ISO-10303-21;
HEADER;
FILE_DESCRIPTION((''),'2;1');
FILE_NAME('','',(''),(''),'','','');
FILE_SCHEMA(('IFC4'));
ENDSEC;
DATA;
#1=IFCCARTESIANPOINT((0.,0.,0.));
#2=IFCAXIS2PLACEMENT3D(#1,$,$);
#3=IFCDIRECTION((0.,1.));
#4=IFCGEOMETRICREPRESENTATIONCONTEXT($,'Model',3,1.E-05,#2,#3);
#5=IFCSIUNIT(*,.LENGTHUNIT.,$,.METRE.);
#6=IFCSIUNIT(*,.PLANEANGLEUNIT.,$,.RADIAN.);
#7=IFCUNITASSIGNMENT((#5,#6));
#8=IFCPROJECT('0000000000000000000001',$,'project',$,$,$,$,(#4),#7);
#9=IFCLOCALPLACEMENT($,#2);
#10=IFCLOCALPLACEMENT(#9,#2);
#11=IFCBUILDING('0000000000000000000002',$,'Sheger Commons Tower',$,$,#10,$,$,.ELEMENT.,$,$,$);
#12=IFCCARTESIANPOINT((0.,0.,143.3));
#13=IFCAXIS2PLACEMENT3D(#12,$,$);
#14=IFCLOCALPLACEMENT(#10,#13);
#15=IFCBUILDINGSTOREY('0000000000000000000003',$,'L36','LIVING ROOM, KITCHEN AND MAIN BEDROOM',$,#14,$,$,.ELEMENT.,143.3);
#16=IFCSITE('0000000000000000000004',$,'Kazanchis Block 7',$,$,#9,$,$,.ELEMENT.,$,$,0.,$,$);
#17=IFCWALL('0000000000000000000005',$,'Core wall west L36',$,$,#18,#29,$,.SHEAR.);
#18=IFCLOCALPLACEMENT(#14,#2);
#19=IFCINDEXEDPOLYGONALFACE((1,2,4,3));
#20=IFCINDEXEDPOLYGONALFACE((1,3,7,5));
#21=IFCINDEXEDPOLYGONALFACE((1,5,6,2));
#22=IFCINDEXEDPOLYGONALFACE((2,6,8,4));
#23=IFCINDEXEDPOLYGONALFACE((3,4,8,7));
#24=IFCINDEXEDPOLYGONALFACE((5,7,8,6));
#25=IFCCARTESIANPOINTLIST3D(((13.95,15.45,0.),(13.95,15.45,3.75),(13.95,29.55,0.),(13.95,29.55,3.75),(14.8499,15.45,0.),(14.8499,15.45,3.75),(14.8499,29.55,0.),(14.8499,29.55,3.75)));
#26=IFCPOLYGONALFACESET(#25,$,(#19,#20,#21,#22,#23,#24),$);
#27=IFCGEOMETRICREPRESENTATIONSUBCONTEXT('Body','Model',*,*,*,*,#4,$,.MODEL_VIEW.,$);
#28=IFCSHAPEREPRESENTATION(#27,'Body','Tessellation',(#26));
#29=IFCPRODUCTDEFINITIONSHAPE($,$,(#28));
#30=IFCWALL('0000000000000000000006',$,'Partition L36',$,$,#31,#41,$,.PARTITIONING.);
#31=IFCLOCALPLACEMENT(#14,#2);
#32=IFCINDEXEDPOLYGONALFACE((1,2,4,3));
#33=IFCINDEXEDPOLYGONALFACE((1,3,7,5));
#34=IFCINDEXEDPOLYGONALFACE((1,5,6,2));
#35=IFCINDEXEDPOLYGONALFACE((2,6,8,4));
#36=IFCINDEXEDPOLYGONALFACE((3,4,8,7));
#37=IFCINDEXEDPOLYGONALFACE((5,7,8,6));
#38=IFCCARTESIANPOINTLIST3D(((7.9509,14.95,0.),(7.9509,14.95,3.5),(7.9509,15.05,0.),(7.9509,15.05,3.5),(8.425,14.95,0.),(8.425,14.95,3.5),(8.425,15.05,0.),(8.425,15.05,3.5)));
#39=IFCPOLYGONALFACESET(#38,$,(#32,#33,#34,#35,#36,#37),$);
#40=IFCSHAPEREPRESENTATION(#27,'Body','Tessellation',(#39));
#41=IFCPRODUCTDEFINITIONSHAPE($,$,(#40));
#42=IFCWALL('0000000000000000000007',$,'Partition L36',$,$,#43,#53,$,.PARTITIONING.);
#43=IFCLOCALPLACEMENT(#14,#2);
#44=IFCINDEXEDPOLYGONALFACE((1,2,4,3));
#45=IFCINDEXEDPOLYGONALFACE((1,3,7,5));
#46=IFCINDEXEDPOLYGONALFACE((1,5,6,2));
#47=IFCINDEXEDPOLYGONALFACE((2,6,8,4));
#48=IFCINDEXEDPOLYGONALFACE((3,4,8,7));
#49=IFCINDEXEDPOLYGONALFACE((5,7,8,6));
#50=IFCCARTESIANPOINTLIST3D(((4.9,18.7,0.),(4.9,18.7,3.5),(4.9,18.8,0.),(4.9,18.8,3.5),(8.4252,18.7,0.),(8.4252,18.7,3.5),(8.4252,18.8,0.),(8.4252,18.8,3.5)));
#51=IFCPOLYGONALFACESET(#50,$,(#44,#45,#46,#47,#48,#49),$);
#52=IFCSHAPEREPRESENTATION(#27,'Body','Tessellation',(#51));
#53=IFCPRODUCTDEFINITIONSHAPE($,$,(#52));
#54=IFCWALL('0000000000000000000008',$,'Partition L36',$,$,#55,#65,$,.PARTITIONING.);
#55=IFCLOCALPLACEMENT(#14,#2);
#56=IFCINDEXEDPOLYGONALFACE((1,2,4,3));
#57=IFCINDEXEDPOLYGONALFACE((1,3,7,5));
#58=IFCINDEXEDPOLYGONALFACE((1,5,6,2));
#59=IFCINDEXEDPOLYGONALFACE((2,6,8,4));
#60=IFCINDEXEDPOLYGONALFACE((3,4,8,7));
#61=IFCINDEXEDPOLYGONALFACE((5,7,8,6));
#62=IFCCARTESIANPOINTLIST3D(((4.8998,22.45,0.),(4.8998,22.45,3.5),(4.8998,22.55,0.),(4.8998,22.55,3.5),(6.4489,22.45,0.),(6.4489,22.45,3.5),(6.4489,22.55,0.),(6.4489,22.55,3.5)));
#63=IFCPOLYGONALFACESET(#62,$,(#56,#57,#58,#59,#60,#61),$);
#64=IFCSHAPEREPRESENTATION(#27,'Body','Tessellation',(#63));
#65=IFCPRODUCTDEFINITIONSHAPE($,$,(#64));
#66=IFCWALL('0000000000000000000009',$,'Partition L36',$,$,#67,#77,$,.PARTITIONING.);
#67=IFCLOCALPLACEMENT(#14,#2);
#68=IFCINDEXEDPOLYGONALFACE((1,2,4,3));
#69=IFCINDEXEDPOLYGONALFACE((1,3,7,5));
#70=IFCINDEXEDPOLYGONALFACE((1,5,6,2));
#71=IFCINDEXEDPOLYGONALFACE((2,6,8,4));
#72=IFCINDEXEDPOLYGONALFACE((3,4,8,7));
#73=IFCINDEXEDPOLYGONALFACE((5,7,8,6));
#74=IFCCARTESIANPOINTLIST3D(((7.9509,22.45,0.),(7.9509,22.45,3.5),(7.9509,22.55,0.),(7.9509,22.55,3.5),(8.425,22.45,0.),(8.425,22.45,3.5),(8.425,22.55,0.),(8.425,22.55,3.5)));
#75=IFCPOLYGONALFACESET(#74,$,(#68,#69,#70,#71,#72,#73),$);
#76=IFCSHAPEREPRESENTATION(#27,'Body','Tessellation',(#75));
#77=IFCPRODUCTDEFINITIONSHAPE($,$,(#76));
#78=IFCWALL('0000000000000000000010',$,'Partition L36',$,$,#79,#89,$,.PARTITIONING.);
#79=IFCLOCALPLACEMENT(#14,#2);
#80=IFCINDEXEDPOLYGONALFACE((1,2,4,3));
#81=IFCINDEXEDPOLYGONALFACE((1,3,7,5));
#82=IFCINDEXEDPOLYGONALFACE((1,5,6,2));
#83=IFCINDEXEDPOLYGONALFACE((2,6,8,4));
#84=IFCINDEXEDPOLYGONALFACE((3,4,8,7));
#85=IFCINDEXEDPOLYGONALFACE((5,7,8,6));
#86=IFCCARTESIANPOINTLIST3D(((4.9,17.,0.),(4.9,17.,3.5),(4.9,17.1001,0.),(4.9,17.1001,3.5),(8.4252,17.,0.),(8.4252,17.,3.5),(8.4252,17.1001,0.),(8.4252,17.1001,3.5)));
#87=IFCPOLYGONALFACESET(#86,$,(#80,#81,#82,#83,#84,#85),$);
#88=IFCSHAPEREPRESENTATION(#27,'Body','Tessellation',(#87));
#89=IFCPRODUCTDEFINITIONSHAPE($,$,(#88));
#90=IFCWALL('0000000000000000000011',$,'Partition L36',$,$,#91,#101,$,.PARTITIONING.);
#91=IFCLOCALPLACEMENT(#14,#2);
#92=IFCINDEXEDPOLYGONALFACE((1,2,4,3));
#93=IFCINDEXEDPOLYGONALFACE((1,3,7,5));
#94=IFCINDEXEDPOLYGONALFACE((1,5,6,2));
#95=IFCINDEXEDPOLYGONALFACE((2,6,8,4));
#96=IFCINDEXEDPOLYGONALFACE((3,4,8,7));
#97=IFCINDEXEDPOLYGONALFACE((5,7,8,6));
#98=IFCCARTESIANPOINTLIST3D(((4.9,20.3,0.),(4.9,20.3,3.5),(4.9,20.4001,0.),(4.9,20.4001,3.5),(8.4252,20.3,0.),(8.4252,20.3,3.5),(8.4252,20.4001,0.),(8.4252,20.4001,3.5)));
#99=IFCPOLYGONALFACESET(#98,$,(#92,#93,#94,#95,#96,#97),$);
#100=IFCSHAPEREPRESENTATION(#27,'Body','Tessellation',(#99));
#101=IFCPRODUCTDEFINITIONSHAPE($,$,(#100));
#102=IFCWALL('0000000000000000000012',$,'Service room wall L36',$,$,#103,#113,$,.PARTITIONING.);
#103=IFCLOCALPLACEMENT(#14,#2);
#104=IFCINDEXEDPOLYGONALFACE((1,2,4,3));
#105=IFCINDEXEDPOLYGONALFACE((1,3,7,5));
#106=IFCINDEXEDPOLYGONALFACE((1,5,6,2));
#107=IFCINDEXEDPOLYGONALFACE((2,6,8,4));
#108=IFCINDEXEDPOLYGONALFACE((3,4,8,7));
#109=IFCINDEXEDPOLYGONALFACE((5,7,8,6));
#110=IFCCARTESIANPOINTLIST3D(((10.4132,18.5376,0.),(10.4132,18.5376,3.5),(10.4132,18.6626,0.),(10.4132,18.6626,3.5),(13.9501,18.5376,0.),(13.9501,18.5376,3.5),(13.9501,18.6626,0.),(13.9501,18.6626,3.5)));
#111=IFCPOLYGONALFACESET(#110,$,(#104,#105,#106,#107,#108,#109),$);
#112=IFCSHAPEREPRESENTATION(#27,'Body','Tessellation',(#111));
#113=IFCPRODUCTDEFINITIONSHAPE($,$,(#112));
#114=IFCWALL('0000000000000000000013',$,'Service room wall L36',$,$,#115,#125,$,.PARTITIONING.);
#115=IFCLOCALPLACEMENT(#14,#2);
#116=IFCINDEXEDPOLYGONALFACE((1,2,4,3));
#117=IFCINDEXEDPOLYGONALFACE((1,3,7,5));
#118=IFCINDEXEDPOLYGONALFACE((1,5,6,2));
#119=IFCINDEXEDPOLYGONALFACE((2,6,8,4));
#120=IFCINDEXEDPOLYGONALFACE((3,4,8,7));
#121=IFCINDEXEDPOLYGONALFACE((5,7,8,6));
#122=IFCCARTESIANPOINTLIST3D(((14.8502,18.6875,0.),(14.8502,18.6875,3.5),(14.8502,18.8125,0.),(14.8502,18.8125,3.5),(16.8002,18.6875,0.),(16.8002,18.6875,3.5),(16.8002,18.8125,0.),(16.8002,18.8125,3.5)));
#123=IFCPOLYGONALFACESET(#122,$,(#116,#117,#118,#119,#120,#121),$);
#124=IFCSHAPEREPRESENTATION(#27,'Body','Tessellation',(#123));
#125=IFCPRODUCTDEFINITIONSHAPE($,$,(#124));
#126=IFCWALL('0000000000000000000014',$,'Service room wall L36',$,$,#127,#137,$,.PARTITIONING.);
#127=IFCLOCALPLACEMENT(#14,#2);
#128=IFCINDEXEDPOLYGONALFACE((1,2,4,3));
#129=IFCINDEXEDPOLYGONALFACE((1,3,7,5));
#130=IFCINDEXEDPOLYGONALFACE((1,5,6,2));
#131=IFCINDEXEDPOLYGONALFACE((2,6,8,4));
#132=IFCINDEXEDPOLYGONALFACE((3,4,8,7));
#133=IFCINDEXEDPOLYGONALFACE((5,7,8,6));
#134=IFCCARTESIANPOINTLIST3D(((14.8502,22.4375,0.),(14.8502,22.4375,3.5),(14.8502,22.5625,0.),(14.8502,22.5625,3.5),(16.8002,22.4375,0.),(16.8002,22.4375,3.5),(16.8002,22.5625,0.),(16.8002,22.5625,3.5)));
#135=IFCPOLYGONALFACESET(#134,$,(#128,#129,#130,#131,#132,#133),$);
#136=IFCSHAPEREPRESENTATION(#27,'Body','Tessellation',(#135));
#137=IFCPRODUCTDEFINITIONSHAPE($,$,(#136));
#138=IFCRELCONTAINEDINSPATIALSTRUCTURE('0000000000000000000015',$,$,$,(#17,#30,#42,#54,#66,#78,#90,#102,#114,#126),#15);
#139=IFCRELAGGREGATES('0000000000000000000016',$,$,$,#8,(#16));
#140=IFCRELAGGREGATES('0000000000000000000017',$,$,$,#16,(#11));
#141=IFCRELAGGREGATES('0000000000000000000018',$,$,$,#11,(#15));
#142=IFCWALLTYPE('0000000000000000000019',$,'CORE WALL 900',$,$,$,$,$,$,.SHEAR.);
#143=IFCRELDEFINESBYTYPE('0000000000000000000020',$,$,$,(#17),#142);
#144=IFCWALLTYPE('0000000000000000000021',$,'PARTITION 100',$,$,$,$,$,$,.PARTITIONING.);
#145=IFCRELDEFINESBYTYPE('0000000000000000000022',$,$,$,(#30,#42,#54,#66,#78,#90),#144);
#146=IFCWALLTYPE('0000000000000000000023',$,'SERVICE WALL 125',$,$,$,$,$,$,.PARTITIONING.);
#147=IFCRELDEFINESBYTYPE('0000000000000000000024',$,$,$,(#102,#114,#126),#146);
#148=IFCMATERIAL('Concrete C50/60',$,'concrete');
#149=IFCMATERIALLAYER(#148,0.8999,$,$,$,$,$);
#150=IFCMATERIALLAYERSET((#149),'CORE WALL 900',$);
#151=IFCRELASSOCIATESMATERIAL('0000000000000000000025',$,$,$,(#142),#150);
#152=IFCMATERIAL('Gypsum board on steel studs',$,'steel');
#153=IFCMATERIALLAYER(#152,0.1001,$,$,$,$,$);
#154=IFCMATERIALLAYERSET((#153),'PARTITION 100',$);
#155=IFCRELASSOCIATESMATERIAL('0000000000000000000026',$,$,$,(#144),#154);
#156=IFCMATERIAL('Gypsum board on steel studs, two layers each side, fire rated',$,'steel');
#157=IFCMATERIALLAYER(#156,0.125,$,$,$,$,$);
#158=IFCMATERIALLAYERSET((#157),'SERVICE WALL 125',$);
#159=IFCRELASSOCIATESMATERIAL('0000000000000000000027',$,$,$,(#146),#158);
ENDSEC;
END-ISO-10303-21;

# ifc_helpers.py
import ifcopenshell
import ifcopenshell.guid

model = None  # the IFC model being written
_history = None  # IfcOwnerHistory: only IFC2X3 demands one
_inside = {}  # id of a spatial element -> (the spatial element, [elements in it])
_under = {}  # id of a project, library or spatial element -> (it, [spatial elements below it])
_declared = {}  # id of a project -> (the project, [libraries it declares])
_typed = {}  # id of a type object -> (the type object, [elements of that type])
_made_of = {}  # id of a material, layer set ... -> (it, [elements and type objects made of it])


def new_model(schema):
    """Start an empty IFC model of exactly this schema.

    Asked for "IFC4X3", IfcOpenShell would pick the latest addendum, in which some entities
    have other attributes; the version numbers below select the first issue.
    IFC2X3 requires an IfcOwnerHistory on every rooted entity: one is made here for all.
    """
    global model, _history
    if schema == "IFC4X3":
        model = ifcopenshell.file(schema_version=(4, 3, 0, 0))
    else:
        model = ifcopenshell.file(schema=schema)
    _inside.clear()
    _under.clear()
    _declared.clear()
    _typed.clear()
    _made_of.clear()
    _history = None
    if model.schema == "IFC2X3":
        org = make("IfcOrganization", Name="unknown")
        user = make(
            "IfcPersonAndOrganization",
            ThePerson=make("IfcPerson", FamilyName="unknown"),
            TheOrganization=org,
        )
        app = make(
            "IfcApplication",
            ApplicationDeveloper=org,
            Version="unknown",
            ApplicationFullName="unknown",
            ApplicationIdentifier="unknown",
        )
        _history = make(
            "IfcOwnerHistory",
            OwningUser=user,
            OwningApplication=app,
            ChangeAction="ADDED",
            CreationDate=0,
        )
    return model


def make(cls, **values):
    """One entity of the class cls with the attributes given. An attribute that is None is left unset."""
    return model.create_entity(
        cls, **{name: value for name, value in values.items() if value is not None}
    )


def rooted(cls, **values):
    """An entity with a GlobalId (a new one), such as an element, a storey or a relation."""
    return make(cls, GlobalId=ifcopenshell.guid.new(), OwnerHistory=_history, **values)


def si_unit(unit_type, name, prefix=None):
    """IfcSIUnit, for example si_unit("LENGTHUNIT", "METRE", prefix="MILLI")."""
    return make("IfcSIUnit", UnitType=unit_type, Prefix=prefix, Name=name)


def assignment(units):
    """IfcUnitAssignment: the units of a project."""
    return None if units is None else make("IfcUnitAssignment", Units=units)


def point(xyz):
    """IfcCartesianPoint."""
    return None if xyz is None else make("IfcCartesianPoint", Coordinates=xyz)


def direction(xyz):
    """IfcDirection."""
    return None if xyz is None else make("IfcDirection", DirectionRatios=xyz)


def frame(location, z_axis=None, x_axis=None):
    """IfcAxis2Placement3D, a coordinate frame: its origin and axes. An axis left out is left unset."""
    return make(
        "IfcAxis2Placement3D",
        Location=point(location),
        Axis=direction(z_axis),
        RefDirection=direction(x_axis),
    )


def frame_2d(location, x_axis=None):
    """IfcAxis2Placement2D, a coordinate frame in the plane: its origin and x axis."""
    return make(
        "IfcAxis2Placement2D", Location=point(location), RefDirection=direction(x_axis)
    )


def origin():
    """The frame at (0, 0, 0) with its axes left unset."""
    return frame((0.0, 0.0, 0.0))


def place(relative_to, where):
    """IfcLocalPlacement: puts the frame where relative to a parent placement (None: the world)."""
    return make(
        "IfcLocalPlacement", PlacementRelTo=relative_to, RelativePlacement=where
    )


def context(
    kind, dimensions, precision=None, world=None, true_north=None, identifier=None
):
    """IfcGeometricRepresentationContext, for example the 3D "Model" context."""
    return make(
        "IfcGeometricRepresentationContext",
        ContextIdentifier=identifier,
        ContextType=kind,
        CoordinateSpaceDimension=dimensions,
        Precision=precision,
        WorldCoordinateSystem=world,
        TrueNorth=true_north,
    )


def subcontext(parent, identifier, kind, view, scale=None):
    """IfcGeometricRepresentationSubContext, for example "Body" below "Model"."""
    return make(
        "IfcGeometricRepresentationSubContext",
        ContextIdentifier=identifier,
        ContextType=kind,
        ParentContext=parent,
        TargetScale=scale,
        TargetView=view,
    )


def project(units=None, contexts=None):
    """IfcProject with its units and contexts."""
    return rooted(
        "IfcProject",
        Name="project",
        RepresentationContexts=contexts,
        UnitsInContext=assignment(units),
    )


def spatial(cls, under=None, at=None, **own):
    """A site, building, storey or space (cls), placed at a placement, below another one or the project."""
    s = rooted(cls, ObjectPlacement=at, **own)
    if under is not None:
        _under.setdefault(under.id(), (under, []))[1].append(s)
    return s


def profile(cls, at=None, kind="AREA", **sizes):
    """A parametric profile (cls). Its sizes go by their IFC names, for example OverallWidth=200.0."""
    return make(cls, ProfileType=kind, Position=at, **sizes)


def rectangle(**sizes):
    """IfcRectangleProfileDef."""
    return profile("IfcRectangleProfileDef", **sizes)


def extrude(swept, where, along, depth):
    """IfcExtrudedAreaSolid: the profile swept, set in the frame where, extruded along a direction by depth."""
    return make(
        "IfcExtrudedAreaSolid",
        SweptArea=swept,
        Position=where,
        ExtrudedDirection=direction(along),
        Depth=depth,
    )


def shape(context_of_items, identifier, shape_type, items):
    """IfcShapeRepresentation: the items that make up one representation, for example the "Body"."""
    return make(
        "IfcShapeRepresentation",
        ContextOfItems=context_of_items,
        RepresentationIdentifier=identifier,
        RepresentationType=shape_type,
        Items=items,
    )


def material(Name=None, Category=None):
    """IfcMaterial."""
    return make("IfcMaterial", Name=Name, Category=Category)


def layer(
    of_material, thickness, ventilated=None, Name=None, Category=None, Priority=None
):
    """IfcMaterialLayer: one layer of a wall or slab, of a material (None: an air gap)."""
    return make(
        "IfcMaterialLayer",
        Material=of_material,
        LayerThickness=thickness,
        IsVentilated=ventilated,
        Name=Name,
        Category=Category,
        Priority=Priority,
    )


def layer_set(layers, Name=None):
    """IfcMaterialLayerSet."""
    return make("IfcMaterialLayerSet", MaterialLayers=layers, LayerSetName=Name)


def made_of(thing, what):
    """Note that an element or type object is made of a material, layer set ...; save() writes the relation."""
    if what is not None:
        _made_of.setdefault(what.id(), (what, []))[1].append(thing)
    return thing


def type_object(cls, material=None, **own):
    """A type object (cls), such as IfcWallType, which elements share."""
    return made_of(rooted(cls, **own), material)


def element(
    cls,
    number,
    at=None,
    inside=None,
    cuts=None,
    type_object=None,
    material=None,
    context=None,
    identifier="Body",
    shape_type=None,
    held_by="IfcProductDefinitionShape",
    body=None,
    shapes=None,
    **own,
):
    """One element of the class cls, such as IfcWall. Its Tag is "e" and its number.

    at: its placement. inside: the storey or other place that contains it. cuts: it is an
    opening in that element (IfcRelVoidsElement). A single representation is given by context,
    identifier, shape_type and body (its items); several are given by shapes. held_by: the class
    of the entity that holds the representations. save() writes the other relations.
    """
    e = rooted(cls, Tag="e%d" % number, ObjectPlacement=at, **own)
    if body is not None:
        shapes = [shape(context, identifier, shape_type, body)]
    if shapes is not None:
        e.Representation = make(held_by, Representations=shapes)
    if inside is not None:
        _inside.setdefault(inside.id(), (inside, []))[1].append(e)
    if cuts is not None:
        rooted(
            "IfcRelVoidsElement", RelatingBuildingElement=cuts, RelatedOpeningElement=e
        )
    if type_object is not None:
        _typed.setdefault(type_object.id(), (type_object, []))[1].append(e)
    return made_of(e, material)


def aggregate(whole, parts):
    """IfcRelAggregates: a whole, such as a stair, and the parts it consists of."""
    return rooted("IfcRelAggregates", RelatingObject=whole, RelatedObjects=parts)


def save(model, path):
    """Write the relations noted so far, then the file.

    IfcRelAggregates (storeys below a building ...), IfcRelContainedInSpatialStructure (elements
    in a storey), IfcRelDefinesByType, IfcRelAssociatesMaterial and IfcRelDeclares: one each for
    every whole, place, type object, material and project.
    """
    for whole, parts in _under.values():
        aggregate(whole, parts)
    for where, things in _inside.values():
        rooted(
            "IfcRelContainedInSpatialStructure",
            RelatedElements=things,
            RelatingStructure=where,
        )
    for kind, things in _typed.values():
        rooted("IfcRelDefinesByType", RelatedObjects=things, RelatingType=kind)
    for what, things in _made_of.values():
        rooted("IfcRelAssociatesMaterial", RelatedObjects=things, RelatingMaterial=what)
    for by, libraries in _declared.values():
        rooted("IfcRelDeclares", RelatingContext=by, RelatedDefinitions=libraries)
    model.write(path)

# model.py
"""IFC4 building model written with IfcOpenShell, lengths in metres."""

from ifc_helpers import new_model, si_unit, direction, frame, frame_2d, origin, place, context, subcontext, project, spatial, rectangle, extrude, material, layer, layer_set, type_object, element, save


model = new_model("IFC4")

# Units and contexts
model_context = context("Model", 3, precision=1e-05, world=origin(), true_north=direction((0.0, 1.0)))
body_context = subcontext(model_context, "Body", "Model", "MODEL_VIEW")
ifc_project = project(units=[si_unit("LENGTHUNIT", "METRE"), si_unit("PLANEANGLEUNIT", "RADIAN")], contexts=[model_context])

# Site, building, storey
site_placement = place(None, origin())
site = spatial("IfcSite", under=ifc_project, at=site_placement, Name="Kazanchis Block 7", CompositionType="ELEMENT", RefElevation=0.0)
building_placement = place(site_placement, origin())
building = spatial("IfcBuilding", under=site, at=building_placement, Name="Sheger Commons Tower", CompositionType="ELEMENT")
storey_placement = place(building_placement, frame((0.0, 0.0, 143.3)))
storey = spatial("IfcBuildingStorey", under=building, at=storey_placement, Name="L36", Description="LIVING ROOM, KITCHEN AND MAIN BEDROOM", CompositionType="ELEMENT", Elevation=143.3)

# Shared definitions
ifc_material_1 = material(Name="Concrete C50/60", Category="concrete")
ifc_layer_1 = layer(ifc_material_1, 0.8999)
ifc_layer_set_1 = layer_set([ifc_layer_1], Name="CORE WALL 900")
wall_type_1 = type_object("IfcWallType", Name="CORE WALL 900", PredefinedType="SHEAR", material=ifc_layer_set_1)

# Walls
wall_1_placement = place(storey_placement, frame((14.3999, 15.45, 0.0), z_axis=(0.0, 0.0, 1.0), x_axis=(0.0, 1.0, 0.0)))
element("IfcWall", 1, at=wall_1_placement, inside=storey, type_object=wall_type_1, Name="Core wall west L36", PredefinedType="SHEAR", context=body_context, shape_type="SweptSolid", body=[
    extrude(rectangle(XDim=14.1001, YDim=0.8999, at=frame_2d((7.05, 0.0))), origin(), (0.0, 0.0, 1.0), 3.75),
])
ifc_material_2 = material(Name="Gypsum board on steel studs", Category="steel")
ifc_layer_2 = layer(ifc_material_2, 0.1001)
ifc_layer_set_2 = layer_set([ifc_layer_2], Name="PARTITION 100")
wall_type_2 = type_object("IfcWallType", Name="PARTITION 100", PredefinedType="PARTITIONING", material=ifc_layer_set_2)
wall_2_placement = place(storey_placement, frame((7.9509, 15.0, 0.0), z_axis=(0.0, 0.0, 1.0), x_axis=(1.0, 0.0, 0.0)))
element("IfcWall", 2, at=wall_2_placement, inside=storey, type_object=wall_type_2, Name="Partition L36", PredefinedType="PARTITIONING", context=body_context, shape_type="SweptSolid", body=[
    extrude(rectangle(XDim=0.4741, YDim=0.1001, at=frame_2d((0.2371, 0.0))), origin(), (0.0, 0.0, 1.0), 3.5),
])
wall_3_placement = place(storey_placement, frame((4.8999, 18.75, 0.0), z_axis=(0.0, 0.0, 1.0), x_axis=(1.0, 0.0, 0.0)))
element("IfcWall", 3, at=wall_3_placement, inside=storey, type_object=wall_type_2, Name="Partition L36", PredefinedType="PARTITIONING", context=body_context, shape_type="SweptSolid", body=[
    extrude(rectangle(XDim=3.5251, YDim=0.1001, at=frame_2d((1.7627, 0.0))), origin(), (0.0, 0.0, 1.0), 3.5),
])
wall_4_placement = place(storey_placement, frame((4.8999, 22.5, 0.0), z_axis=(0.0, 0.0, 1.0), x_axis=(1.0, 0.0, 0.0)))
element("IfcWall", 4, at=wall_4_placement, inside=storey, type_object=wall_type_2, Name="Partition L36", PredefinedType="PARTITIONING", context=body_context, shape_type="SweptSolid", body=[
    extrude(rectangle(XDim=1.5491, YDim=0.1001, at=frame_2d((0.7744, 0.0))), origin(), (0.0, 0.0, 1.0), 3.5),
])
wall_5_placement = place(storey_placement, frame((7.9509, 22.5, 0.0), z_axis=(0.0, 0.0, 1.0), x_axis=(1.0, 0.0, 0.0)))
element("IfcWall", 5, at=wall_5_placement, inside=storey, type_object=wall_type_2, Name="Partition L36", PredefinedType="PARTITIONING", context=body_context, shape_type="SweptSolid", body=[
    extrude(rectangle(XDim=0.4741, YDim=0.1001, at=frame_2d((0.2371, 0.0))), origin(), (0.0, 0.0, 1.0), 3.5),
])
for number, where, z_axis, x_axis, name in (
    (6, (4.8999, 17.05, 0.0), (0.0, 0.0, 1.0), (1.0, 0.0, 0.0), "Partition L36"),
    (7, (4.8999, 20.3501, 0.0), (0.0, 0.0, 1.0), (1.0, 0.0, 0.0), "Partition L36"),
):
    element("IfcWall", number, at=place(storey_placement, frame(where, z_axis=z_axis, x_axis=x_axis)), inside=storey, type_object=wall_type_2, Name=name, PredefinedType="PARTITIONING", context=body_context, shape_type="SweptSolid", body=[
        extrude(rectangle(XDim=3.5251, YDim=0.1001, at=frame_2d((1.7627, 0.0))), origin(), (0.0, 0.0, 1.0), 3.5),
    ])
ifc_material_3 = material(Name="Gypsum board on steel studs, two layers each side, fire rated", Category="steel")
ifc_layer_3 = layer(ifc_material_3, 0.125)
ifc_layer_set_3 = layer_set([ifc_layer_3], Name="SERVICE WALL 125")
wall_type_3 = type_object("IfcWallType", Name="SERVICE WALL 125", PredefinedType="PARTITIONING", material=ifc_layer_set_3)
wall_6_placement = place(storey_placement, frame((10.4131, 18.6001, 0.0), z_axis=(0.0, 0.0, 1.0), x_axis=(1.0, 0.0, 0.0)))
element("IfcWall", 8, at=wall_6_placement, inside=storey, type_object=wall_type_3, Name="Service room wall L36", PredefinedType="PARTITIONING", context=body_context, shape_type="SweptSolid", body=[
    extrude(rectangle(XDim=3.5369, YDim=0.125, at=frame_2d((1.7686, 0.0))), origin(), (0.0, 0.0, 1.0), 3.5),
])
for number, where, z_axis, x_axis, name in (
    (9, (14.8501, 18.75, 0.0), (0.0, 0.0, 1.0), (1.0, 0.0, 0.0), "Service room wall L36"),
    (10, (14.8501, 22.5, 0.0), (0.0, 0.0, 1.0), (1.0, 0.0, 0.0), "Service room wall L36"),
):
    element("IfcWall", number, at=place(storey_placement, frame(where, z_axis=z_axis, x_axis=x_axis)), inside=storey, type_object=wall_type_3, Name=name, PredefinedType="PARTITIONING", context=body_context, shape_type="SweptSolid", body=[
        extrude(rectangle(XDim=1.95, YDim=0.125, at=frame_2d((0.9751, 0.0))), origin(), (0.0, 0.0, 1.0), 3.5),
    ])

save(model, "model.ifc")
